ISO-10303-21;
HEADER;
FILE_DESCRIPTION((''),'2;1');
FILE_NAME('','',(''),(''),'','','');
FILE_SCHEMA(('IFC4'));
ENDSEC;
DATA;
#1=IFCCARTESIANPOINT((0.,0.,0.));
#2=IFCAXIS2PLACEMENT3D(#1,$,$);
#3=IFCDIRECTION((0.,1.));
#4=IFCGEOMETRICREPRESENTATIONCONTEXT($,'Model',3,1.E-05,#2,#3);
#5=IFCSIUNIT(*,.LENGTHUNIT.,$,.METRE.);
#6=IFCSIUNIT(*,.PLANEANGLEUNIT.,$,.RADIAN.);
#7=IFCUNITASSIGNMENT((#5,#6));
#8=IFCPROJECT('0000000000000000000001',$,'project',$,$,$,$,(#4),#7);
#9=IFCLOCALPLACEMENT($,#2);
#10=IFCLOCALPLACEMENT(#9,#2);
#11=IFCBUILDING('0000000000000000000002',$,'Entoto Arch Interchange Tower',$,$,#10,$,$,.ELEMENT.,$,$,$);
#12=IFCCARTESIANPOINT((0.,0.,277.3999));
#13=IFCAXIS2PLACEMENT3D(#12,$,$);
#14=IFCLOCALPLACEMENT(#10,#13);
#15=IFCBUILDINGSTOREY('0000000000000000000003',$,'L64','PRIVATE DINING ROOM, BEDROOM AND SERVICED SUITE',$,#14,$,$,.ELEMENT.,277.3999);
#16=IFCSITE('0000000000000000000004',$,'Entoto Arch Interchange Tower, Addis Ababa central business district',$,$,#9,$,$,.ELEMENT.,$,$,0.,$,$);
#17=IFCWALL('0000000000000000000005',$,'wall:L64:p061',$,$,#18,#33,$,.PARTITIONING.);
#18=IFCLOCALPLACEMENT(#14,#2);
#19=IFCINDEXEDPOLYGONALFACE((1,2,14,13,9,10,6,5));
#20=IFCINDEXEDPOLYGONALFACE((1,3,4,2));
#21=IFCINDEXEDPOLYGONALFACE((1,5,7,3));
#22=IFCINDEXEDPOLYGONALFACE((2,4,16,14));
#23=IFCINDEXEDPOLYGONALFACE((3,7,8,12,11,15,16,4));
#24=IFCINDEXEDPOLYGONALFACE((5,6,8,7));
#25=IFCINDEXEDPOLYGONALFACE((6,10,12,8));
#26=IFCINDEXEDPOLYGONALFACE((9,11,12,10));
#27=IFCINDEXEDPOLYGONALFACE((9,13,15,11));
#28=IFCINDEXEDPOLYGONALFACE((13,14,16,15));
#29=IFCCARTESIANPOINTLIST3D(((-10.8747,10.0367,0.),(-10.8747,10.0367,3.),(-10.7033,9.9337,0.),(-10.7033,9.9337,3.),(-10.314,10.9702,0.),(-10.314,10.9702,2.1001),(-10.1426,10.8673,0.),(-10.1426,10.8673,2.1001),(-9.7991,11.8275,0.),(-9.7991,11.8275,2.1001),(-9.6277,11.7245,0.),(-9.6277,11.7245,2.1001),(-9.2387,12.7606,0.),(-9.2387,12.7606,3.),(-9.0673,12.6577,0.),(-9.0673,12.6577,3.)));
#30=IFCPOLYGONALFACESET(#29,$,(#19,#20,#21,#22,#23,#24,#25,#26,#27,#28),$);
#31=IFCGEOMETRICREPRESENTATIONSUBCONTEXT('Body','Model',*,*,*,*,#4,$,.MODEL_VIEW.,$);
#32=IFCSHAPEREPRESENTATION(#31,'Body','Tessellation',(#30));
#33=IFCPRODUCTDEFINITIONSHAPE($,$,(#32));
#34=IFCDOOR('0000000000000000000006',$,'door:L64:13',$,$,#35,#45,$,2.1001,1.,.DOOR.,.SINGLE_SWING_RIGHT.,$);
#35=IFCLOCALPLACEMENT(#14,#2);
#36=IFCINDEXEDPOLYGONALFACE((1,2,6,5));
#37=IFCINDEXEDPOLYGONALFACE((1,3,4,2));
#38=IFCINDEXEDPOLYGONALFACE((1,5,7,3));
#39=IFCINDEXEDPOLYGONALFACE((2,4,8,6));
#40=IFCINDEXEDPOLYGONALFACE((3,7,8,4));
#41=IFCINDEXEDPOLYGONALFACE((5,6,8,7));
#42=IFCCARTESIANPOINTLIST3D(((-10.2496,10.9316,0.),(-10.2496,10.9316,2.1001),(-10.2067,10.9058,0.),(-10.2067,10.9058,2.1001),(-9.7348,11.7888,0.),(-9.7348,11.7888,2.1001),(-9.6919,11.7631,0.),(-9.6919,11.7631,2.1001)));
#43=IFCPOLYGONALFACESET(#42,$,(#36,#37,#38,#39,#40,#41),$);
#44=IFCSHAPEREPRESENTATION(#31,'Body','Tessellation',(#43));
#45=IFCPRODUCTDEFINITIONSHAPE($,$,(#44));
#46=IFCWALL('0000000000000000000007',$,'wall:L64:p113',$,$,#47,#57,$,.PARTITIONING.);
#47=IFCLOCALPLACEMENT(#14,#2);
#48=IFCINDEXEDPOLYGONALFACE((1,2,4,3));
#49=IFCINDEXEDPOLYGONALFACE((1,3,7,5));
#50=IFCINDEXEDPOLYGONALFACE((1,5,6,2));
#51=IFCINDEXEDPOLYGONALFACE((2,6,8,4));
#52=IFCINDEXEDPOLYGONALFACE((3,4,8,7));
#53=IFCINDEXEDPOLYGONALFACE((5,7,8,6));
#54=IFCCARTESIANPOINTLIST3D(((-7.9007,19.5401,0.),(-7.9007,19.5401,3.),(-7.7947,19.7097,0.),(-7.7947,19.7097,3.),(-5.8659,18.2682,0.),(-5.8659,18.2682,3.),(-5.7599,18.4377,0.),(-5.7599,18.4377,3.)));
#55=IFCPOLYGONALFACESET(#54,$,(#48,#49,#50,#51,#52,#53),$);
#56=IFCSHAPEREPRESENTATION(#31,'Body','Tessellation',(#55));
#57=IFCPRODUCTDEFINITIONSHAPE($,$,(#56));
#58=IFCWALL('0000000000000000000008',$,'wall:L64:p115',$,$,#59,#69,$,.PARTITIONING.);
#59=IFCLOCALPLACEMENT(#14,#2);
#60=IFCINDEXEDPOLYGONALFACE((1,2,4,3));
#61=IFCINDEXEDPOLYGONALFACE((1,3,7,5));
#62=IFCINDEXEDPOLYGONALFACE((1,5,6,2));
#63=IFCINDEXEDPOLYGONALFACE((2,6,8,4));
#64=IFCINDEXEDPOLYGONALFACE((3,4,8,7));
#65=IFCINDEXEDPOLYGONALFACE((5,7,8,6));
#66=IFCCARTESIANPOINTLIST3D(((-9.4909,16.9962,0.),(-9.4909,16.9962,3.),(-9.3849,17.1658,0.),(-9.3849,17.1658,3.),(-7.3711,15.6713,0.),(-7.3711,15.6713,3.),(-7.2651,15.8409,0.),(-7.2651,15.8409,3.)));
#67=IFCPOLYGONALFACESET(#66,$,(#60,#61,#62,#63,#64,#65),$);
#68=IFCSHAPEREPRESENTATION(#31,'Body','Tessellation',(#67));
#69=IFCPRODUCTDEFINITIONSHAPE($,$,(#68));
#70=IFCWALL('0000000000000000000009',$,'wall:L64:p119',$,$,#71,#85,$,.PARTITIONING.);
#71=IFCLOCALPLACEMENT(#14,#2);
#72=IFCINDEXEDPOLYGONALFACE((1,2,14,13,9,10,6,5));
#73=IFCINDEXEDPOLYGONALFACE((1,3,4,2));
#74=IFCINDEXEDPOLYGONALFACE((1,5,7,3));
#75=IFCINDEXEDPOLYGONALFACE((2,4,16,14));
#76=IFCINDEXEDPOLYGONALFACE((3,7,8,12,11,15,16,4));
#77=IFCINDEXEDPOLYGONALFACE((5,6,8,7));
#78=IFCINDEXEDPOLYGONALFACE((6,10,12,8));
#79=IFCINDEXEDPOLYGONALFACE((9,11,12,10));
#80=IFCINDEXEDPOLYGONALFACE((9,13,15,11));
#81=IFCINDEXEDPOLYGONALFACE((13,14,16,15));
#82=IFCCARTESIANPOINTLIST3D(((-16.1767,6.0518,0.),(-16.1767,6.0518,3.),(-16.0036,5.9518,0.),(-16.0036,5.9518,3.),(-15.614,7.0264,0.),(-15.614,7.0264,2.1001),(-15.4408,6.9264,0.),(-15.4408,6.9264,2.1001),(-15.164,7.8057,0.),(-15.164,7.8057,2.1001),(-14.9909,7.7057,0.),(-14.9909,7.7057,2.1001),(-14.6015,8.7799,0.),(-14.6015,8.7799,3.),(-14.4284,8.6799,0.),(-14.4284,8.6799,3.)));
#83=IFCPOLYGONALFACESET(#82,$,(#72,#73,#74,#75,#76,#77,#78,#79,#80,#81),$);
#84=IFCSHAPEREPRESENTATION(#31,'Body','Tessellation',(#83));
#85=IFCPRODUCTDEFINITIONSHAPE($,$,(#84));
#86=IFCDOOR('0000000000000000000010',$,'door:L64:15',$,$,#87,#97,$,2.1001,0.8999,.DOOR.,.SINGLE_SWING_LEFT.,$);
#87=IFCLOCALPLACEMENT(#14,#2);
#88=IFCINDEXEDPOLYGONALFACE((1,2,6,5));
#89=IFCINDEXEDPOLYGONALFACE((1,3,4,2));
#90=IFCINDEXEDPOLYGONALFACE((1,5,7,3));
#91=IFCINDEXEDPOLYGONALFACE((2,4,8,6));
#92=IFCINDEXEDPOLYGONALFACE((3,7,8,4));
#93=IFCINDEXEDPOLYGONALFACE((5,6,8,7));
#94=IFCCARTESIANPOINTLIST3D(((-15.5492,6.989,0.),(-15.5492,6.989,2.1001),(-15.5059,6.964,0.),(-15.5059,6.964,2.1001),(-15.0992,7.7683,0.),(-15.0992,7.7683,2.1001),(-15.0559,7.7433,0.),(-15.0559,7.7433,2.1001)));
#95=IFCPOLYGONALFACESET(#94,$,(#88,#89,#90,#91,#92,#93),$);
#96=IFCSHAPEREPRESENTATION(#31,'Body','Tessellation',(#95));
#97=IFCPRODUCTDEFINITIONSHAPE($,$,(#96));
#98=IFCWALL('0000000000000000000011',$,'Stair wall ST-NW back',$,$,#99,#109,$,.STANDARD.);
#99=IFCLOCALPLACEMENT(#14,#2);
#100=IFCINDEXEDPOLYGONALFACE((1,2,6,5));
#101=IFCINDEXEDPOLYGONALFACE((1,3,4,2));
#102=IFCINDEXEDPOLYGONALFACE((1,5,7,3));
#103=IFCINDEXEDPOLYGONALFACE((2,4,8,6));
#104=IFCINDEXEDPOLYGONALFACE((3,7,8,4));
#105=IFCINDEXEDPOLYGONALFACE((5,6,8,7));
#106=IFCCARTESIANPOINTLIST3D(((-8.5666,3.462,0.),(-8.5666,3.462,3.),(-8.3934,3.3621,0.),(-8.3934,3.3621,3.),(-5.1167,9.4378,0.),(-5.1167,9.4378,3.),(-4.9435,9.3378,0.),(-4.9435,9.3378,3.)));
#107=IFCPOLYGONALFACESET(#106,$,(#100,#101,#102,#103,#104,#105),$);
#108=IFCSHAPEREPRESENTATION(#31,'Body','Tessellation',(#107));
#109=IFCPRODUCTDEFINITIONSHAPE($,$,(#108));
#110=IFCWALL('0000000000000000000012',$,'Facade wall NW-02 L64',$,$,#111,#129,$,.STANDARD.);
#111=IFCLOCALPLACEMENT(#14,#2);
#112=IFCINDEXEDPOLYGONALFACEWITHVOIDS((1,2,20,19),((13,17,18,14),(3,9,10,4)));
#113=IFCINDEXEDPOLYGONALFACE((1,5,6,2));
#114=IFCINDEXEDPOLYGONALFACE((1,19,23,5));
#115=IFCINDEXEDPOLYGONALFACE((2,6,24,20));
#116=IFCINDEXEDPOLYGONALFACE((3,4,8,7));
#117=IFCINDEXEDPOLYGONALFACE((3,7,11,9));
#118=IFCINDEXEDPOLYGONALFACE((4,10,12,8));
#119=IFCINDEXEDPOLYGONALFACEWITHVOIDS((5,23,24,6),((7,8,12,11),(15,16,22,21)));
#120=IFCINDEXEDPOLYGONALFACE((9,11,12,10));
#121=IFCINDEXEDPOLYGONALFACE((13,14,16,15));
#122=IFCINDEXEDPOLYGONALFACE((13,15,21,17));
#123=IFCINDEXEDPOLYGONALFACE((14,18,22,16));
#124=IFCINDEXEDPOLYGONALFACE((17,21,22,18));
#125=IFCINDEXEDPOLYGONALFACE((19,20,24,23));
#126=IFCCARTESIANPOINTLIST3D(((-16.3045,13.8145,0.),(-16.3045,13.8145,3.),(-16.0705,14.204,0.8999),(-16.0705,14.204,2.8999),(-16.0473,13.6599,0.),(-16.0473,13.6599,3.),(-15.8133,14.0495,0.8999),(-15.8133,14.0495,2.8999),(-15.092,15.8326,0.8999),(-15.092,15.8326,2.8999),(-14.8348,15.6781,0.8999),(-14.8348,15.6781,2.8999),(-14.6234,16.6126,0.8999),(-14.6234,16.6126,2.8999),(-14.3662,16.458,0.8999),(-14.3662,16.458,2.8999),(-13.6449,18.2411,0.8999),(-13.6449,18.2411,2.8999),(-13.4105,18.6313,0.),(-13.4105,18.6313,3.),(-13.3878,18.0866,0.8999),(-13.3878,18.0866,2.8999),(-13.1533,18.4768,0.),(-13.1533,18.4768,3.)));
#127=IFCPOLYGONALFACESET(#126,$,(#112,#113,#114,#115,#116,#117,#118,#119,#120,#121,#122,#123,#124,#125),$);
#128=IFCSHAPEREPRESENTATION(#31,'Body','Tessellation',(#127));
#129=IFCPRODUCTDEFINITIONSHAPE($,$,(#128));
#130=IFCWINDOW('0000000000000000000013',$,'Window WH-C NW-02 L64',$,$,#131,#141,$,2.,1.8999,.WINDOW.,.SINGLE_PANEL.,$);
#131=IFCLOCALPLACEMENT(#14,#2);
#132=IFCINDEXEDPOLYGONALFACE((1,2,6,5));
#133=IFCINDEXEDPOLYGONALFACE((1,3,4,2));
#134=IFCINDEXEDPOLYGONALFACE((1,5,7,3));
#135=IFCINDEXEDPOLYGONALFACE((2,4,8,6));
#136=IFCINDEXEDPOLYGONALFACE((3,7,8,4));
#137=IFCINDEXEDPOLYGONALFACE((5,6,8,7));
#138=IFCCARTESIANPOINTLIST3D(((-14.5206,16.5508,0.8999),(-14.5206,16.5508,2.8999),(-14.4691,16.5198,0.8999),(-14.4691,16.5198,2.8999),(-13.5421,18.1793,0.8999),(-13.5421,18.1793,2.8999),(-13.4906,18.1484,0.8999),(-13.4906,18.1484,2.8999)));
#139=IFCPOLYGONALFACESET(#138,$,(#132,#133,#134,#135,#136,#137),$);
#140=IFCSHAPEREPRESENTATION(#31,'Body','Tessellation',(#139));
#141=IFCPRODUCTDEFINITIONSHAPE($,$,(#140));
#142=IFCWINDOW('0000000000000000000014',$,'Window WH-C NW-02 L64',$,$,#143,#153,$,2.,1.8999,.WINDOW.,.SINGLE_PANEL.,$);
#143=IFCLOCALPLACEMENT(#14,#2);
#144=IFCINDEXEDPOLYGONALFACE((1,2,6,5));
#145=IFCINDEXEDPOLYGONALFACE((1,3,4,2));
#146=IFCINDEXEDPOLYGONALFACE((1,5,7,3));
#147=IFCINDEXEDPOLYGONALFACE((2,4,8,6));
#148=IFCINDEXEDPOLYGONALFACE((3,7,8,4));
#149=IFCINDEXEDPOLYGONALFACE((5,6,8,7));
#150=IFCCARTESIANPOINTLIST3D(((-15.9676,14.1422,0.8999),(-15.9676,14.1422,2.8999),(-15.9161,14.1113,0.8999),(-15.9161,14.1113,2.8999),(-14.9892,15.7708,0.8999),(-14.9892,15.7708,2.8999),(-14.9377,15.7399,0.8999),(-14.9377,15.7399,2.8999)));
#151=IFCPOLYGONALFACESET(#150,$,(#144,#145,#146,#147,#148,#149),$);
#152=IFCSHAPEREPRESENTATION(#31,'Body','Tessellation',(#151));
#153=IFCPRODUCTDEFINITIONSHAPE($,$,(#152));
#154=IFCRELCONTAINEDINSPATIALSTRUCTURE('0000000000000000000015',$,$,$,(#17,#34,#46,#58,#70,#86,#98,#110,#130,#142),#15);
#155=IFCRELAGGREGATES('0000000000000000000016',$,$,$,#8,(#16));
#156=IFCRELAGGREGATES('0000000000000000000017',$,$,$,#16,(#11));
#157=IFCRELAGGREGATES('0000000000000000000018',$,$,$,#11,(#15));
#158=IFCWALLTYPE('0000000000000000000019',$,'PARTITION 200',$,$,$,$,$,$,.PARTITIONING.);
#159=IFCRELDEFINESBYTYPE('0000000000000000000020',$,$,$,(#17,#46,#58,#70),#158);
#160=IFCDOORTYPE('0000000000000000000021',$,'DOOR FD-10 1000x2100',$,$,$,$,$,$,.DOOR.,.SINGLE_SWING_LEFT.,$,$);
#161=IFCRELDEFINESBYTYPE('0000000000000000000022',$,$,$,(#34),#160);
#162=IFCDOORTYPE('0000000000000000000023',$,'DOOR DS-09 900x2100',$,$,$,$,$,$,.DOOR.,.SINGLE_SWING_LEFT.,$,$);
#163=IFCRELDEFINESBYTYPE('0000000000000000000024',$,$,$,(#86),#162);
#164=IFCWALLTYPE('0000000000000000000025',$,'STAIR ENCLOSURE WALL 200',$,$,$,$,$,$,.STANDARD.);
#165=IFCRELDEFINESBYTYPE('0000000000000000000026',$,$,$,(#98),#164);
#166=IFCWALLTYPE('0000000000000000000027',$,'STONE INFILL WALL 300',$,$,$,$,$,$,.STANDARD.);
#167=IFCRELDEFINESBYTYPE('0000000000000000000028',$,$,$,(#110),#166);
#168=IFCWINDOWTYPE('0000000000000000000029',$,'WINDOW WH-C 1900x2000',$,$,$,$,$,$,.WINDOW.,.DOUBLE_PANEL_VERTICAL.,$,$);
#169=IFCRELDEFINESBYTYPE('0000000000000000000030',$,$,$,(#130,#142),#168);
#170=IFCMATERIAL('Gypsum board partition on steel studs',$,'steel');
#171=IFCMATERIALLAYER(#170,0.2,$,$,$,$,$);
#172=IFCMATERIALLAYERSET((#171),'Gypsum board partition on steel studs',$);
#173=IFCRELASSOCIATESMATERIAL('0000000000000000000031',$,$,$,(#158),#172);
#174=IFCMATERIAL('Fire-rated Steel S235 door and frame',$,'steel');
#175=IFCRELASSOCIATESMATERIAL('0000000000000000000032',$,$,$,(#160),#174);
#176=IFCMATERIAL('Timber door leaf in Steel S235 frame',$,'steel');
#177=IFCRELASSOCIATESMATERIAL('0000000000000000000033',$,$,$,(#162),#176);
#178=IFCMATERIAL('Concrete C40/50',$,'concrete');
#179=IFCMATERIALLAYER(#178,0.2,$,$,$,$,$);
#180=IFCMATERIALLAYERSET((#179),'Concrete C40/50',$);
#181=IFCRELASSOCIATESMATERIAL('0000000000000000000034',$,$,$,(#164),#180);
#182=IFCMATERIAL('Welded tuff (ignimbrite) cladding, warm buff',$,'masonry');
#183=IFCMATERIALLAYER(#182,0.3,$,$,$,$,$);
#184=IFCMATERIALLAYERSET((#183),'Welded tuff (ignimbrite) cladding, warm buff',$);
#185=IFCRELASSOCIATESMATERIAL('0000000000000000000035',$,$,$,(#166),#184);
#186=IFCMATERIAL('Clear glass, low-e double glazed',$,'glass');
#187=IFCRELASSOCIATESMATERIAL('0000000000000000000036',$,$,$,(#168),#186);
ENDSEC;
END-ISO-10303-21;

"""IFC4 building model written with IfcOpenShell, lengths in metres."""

from ifc_helpers import new_model, si_unit, direction, frame, frame_2d, origin, place, context, subcontext, project, spatial, rectangle, extrude, material, layer, layer_set, type_object, element, fill, save


model = new_model("IFC4")

# Units and contexts
model_context = context("Model", 3, precision=1e-05, world=origin(), true_north=direction((0.0, 1.0)))
body_context = subcontext(model_context, "Body", "Model", "MODEL_VIEW")
ifc_project = project(units=[si_unit("LENGTHUNIT", "METRE"), si_unit("PLANEANGLEUNIT", "RADIAN")], contexts=[model_context])

# Site, building, storey
site_placement = place(None, origin())
site = spatial("IfcSite", under=ifc_project, at=site_placement, Name="Entoto Arch Interchange Tower, Addis Ababa central business district", CompositionType="ELEMENT", RefElevation=0.0)
building_placement = place(site_placement, origin())
building = spatial("IfcBuilding", under=site, at=building_placement, Name="Entoto Arch Interchange Tower", CompositionType="ELEMENT")
storey_placement = place(building_placement, frame((0.0, 0.0, 277.3999)))
storey = spatial("IfcBuildingStorey", under=building, at=storey_placement, Name="L64", Description="PRIVATE DINING ROOM, BEDROOM AND SERVICED SUITE", CompositionType="ELEMENT", Elevation=277.3999)

# Shared definitions
ifc_material_1 = material(Name="Concrete C40/50", Category="concrete")

# Shared definitions
ifc_material_2 = material(Name="Gypsum board partition on steel studs", Category="steel")
ifc_layer_1 = layer(ifc_material_2, 0.2)
ifc_layer_set_1 = layer_set([ifc_layer_1], Name="Gypsum board partition on steel studs")
wall_type_1 = type_object("IfcWallType", Name="PARTITION 200", PredefinedType="PARTITIONING", material=ifc_layer_set_1)

# Shared definitions
ifc_material_3 = material(Name="Timber door leaf in Steel S235 frame", Category="steel")

# Shared definitions
ifc_material_4 = material(Name="Fire-rated Steel S235 door and frame", Category="steel")
door_type_1 = type_object("IfcDoorType", Name="DOOR FD-10 1000x2100", OperationType="SINGLE_SWING_LEFT", PredefinedType="DOOR", material=ifc_material_4)

# Wall, opening, door
wall_1_placement = place(storey_placement, frame((-10.7891, 9.9851, 0.0), z_axis=(0.0, 0.0, 1.0), x_axis=(0.51488, 0.857262, 0.0)))
wall_1 = element("IfcWall", 1, at=wall_1_placement, inside=storey, type_object=wall_type_1, Name="wall:L64:p061", PredefinedType="PARTITIONING", context=body_context, shape_type="SweptSolid", body=[
    extrude(rectangle(XDim=3.1775, YDim=0.2, at=frame_2d((1.5889, 0.0))), origin(), (0.0, 0.0, 1.0), 3.0),
])
opening_1_placement = place(wall_1_placement, frame((1.0891, 0.0, 0.0)))
opening_1 = element("IfcOpeningElement", 2, at=opening_1_placement, cuts=wall_1, PredefinedType="OPENING", context=body_context, shape_type="SweptSolid", body=[
    extrude(rectangle(XDim=1.0, YDim=2.1001, at=frame_2d((0.5, 1.05))), frame((0.0, 0.1099, 0.0), z_axis=(0.0, -1.0, 0.0), x_axis=(1.0, 0.0, 0.0)), (0.0, 0.0, 1.0), 0.22),
])
door_1_placement = place(opening_1_placement, origin())
door_1 = element("IfcDoor", 3, at=door_1_placement, inside=storey, type_object=door_type_1, Name="door:L64:13", OperationType="SINGLE_SWING_RIGHT", OverallHeight=2.1001, OverallWidth=1.0, PredefinedType="DOOR", context=body_context, shape_type="SweptSolid", body=[
    extrude(rectangle(XDim=1.0, YDim=2.1001, at=frame_2d((0.5, 1.05))), frame((0.0, 0.0249, 0.0), z_axis=(0.0, -1.0, 0.0), x_axis=(1.0, 0.0, 0.0)), (0.0, 0.0, 1.0), 0.05),
])
fill(opening_1, door_1)

# Walls
wall_2_placement = place(storey_placement, frame((-5.813, 18.353, 0.0), z_axis=(0.0, 0.0, 1.0), x_axis=(-0.84797, 0.530045, 0.0)))
element("IfcWall", 4, at=wall_2_placement, inside=storey, type_object=wall_type_1, Name="wall:L64:p113", PredefinedType="PARTITIONING", context=body_context, shape_type="SweptSolid", body=[
    extrude(rectangle(XDim=2.3997, YDim=0.2, at=frame_2d((1.1997, 0.0))), origin(), (0.0, 0.0, 1.0), 3.0),
])
wall_3_placement = place(storey_placement, frame((-9.438, 17.0811, 0.0), z_axis=(0.0, 0.0, 1.0), x_axis=(0.847993, -0.530008, 0.0)))
element("IfcWall", 5, at=wall_3_placement, inside=storey, type_object=wall_type_1, Name="wall:L64:p115", PredefinedType="PARTITIONING", context=body_context, shape_type="SweptSolid", body=[
    extrude(rectangle(XDim=2.4998, YDim=0.2, at=frame_2d((1.25, 0.0))), origin(), (0.0, 0.0, 1.0), 3.0),
])

# Wall, opening, door
wall_4_placement = place(storey_placement, frame((-14.5149, 8.73, 0.0), z_axis=(0.0, 0.0, 1.0), x_axis=(-0.50004, -0.866002, 0.0)))
wall_4 = element("IfcWall", 6, at=wall_4_placement, inside=storey, type_object=wall_type_1, Name="wall:L64:p119", PredefinedType="PARTITIONING", context=body_context, shape_type="SweptSolid", body=[
    extrude(rectangle(XDim=3.1501, YDim=0.2, at=frame_2d((1.5752, 0.0))), origin(), (0.0, 0.0, 1.0), 3.0),
])
opening_2_placement = place(wall_4_placement, frame((1.125, 0.0, 0.0)))
opening_2 = element("IfcOpeningElement", 7, at=opening_2_placement, cuts=wall_4, PredefinedType="OPENING", context=body_context, shape_type="SweptSolid", body=[
    extrude(rectangle(XDim=0.8999, YDim=2.1001, at=frame_2d((0.45, 1.05))), frame((0.0, 0.1099, 0.0), z_axis=(0.0, -1.0, 0.0), x_axis=(1.0, 0.0, 0.0)), (0.0, 0.0, 1.0), 0.22),
])
door_type_2 = type_object("IfcDoorType", Name="DOOR DS-09 900x2100", OperationType="SINGLE_SWING_LEFT", PredefinedType="DOOR", material=ifc_material_3)
door_2_placement = place(opening_2_placement, origin())
door_2 = element("IfcDoor", 8, at=door_2_placement, inside=storey, type_object=door_type_2, Name="door:L64:15", OperationType="SINGLE_SWING_LEFT", OverallHeight=2.1001, OverallWidth=0.8999, PredefinedType="DOOR", context=body_context, shape_type="SweptSolid", body=[
    extrude(rectangle(XDim=0.8999, YDim=2.1001, at=frame_2d((0.45, 1.05))), frame((0.0, 0.0249, 0.0), z_axis=(0.0, -1.0, 0.0), x_axis=(1.0, 0.0, 0.0)), (0.0, 0.0, 1.0), 0.05),
])
fill(opening_2, door_2)

# Wall
ifc_layer_2 = layer(ifc_material_1, 0.2)
ifc_layer_set_2 = layer_set([ifc_layer_2], Name="Concrete C40/50")
wall_type_2 = type_object("IfcWallType", Name="STAIR ENCLOSURE WALL 200", PredefinedType="STANDARD", material=ifc_layer_set_2)
wall_5_placement = place(storey_placement, frame((-5.03, 9.3879, 0.0), z_axis=(0.0, 0.0, 1.0), x_axis=(-0.499979, -0.866038, 0.0)))
element("IfcWall", 9, at=wall_5_placement, inside=storey, type_object=wall_type_2, Name="Stair wall ST-NW back", PredefinedType="STANDARD", context=body_context, shape_type="SweptSolid", body=[
    extrude(rectangle(XDim=6.9001, YDim=0.2, at=frame_2d((3.4502, 0.0))), origin(), (0.0, 0.0, 1.0), 3.0),
])

# Wall, openings, windows
ifc_material_5 = material(Name="Welded tuff (ignimbrite) cladding, warm buff", Category="masonry")
ifc_layer_3 = layer(ifc_material_5, 0.3)
ifc_layer_set_3 = layer_set([ifc_layer_3], Name="Welded tuff (ignimbrite) cladding, warm buff")
wall_type_3 = type_object("IfcWallType", Name="STONE INFILL WALL 300", PredefinedType="STANDARD", material=ifc_layer_set_3)
wall_6_placement = place(storey_placement, frame((-13.282, 18.554, 0.0), z_axis=(0.0, 0.0, 1.0), x_axis=(-0.515007, -0.857186, 0.0)))
wall_6 = element("IfcWall", 10, at=wall_6_placement, inside=storey, type_object=wall_type_3, Name="Facade wall NW-02 L64", PredefinedType="STANDARD", context=body_context, shape_type="SweptSolid", body=[
    extrude(rectangle(XDim=5.6194, YDim=0.3, at=frame_2d((2.8096, 0.0))), origin(), (0.0, 0.0, 1.0), 3.0),
])
opening_3_placement = place(wall_6_placement, frame((0.4551, 0.0, 0.8999)))
opening_3 = element("IfcOpeningElement", 11, at=opening_3_placement, cuts=wall_6, PredefinedType="OPENING", context=body_context, shape_type="SweptSolid", body=[
    extrude(rectangle(XDim=1.8999, YDim=2.0, at=frame_2d((0.95, 1.0))), frame((0.0, 0.1602, 0.0), z_axis=(0.0, -1.0, 0.0), x_axis=(1.0, 0.0, 0.0)), (0.0, 0.0, 1.0), 0.3201),
])
opening_4_placement = place(wall_6_placement, frame((3.2649, 0.0, 0.8999)))
opening_4 = element("IfcOpeningElement", 12, at=opening_4_placement, cuts=wall_6, PredefinedType="OPENING", context=body_context, shape_type="SweptSolid", body=[
    extrude(rectangle(XDim=1.8999, YDim=2.0, at=frame_2d((0.95, 1.0))), frame((0.0, 0.1602, 0.0), z_axis=(0.0, -1.0, 0.0), x_axis=(1.0, 0.0, 0.0)), (0.0, 0.0, 1.0), 0.3201),
])
ifc_material_6 = material(Name="Clear glass, low-e double glazed", Category="glass")
window_type = type_object("IfcWindowType", Name="WINDOW WH-C 1900x2000", PartitioningType="DOUBLE_PANEL_VERTICAL", PredefinedType="WINDOW", material=ifc_material_6)
window_1_placement = place(opening_3_placement, origin())
window_1 = element("IfcWindow", 13, at=window_1_placement, inside=storey, type_object=window_type, Name="Window WH-C NW-02 L64", OverallHeight=2.0, OverallWidth=1.8999, PartitioningType="SINGLE_PANEL", PredefinedType="WINDOW", context=body_context, shape_type="SweptSolid", body=[
    extrude(rectangle(XDim=1.8999, YDim=2.0, at=frame_2d((0.95, 1.0))), frame((0.0, 0.03, 0.0), z_axis=(0.0, -1.0, 0.0), x_axis=(1.0, 0.0, 0.0)), (0.0, 0.0, 1.0), 0.0601),
])
fill(opening_3, window_1)
window_2_placement = place(opening_4_placement, origin())
window_2 = element("IfcWindow", 14, at=window_2_placement, inside=storey, type_object=window_type, Name="Window WH-C NW-02 L64", OverallHeight=2.0, OverallWidth=1.8999, PartitioningType="SINGLE_PANEL", PredefinedType="WINDOW", context=body_context, shape_type="SweptSolid", body=[
    extrude(rectangle(XDim=1.8999, YDim=2.0, at=frame_2d((0.95, 1.0))), frame((0.0, 0.03, 0.0), z_axis=(0.0, -1.0, 0.0), x_axis=(1.0, 0.0, 0.0)), (0.0, 0.0, 1.0), 0.0601),
])
fill(opening_4, window_2)

save(model, "model.ifc")
